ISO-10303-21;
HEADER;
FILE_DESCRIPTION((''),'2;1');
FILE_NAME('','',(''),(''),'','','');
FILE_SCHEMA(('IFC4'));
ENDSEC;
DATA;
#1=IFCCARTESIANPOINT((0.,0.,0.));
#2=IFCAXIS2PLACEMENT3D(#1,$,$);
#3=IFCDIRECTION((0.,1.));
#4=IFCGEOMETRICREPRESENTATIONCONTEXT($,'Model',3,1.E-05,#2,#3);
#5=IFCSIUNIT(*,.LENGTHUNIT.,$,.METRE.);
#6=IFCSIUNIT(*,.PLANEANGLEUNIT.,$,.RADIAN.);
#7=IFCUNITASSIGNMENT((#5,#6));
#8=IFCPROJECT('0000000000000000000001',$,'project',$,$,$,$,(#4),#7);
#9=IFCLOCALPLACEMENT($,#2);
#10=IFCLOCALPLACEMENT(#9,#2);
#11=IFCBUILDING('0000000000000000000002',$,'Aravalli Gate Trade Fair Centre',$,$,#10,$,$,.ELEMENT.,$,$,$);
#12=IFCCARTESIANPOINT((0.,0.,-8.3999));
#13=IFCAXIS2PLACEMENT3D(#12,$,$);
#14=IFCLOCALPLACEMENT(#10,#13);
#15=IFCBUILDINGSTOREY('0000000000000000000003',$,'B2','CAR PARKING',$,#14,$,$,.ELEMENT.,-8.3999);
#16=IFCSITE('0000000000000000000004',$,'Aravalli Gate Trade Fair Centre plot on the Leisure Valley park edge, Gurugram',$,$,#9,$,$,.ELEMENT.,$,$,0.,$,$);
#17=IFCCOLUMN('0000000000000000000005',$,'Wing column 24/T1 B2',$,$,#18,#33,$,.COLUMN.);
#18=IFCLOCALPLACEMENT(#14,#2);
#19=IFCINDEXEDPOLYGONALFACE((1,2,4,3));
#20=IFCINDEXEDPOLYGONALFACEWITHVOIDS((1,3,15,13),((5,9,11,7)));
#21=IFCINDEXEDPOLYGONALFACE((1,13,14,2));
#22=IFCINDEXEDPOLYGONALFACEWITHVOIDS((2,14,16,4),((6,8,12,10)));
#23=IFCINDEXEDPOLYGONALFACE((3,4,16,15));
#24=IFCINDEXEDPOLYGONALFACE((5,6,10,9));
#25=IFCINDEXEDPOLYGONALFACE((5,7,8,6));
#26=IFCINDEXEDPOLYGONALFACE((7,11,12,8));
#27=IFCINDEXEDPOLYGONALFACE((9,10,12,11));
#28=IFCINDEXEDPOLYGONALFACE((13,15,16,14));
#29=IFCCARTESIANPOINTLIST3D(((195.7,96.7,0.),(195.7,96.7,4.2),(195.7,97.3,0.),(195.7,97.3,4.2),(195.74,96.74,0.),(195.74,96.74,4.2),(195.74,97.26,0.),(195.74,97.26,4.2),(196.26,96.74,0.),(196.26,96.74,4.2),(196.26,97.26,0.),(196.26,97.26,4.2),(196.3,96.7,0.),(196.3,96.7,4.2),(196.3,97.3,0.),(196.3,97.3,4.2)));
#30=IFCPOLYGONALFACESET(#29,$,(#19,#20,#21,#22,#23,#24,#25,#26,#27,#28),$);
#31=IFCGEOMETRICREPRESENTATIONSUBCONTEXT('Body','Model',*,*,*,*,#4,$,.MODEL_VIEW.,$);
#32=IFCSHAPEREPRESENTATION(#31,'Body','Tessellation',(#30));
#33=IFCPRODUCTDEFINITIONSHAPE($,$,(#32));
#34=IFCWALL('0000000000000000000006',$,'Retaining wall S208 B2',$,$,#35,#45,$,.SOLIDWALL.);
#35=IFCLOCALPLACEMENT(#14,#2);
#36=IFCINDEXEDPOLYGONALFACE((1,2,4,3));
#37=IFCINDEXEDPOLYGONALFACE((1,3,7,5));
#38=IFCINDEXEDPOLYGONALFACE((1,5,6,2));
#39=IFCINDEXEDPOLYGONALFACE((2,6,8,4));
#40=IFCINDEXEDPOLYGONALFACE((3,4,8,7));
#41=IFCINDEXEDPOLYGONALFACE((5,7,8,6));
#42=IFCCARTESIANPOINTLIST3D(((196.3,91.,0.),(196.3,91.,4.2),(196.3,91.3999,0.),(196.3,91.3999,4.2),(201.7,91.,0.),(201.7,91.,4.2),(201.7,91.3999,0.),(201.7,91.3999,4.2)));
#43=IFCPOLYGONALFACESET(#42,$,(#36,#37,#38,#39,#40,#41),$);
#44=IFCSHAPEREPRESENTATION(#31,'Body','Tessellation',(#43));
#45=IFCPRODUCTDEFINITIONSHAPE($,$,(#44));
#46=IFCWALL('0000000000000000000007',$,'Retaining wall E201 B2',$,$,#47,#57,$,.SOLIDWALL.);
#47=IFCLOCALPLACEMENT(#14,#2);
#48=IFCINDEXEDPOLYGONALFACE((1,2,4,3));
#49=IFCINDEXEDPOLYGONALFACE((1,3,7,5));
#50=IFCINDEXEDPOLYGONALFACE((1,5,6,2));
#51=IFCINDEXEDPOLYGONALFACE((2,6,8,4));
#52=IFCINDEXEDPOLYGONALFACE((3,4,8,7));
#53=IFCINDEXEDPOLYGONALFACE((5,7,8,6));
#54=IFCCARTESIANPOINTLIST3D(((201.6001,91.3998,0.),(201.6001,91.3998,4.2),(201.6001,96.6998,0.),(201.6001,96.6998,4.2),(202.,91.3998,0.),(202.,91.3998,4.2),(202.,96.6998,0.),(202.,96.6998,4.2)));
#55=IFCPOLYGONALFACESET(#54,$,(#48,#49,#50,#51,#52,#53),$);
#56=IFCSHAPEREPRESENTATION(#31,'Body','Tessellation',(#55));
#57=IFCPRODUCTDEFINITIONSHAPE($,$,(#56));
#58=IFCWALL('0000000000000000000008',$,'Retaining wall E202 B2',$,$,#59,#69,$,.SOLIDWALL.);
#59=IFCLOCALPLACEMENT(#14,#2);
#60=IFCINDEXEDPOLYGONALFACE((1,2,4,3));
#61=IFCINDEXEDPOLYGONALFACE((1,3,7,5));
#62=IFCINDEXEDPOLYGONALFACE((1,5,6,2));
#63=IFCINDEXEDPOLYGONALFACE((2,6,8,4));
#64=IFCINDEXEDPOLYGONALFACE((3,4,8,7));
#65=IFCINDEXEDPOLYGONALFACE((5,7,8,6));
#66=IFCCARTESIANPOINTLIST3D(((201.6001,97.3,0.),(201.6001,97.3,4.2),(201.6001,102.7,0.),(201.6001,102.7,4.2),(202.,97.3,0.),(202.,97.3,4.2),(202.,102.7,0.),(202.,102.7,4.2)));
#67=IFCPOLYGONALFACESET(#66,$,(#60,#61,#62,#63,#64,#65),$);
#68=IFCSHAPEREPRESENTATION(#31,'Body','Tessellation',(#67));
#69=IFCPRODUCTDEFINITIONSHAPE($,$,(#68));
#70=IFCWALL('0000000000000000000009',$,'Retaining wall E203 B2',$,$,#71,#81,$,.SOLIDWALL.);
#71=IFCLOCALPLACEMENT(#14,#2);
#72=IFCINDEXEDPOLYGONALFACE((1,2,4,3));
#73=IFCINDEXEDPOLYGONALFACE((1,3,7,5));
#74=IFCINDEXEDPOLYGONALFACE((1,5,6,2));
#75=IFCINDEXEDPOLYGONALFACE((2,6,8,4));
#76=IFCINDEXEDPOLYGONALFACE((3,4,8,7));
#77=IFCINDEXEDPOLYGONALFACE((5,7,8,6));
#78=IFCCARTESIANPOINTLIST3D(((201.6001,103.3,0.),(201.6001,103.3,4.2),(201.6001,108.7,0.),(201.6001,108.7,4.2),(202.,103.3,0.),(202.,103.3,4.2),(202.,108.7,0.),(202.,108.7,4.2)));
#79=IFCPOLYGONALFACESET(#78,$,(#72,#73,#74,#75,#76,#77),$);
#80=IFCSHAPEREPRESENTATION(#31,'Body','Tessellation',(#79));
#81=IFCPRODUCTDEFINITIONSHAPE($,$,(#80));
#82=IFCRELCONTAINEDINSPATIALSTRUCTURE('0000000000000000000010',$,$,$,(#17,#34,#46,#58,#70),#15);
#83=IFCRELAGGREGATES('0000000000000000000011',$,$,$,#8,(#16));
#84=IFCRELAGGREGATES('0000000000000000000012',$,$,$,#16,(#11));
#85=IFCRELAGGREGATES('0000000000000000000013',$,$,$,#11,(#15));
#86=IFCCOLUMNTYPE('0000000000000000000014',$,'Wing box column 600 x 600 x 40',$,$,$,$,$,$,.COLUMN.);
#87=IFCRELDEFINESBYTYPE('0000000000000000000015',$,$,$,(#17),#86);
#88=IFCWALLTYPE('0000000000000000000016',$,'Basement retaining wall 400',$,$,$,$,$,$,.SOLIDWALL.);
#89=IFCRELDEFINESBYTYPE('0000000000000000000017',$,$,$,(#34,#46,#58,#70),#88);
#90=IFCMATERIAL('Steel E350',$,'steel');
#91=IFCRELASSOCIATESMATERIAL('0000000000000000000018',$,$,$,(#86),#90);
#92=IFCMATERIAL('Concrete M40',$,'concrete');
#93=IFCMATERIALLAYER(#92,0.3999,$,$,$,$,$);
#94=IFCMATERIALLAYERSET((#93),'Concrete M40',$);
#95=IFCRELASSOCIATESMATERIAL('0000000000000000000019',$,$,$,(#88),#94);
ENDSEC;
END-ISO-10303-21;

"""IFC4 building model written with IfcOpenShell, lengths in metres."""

from ifc_helpers import new_model, si_unit, direction, frame, frame_2d, origin, origin_2d, place, context, subcontext, project, spatial, rectangle, hollow_rectangle, extrude, material, layer, layer_set, material_profile, profile_set, type_object, element, save


model = new_model("IFC4")

# Units and contexts
model_context = context("Model", 3, precision=1e-05, world=origin(), true_north=direction((0.0, 1.0)))
body_context = subcontext(model_context, "Body", "Model", "MODEL_VIEW")
ifc_project = project(units=[si_unit("LENGTHUNIT", "METRE"), si_unit("PLANEANGLEUNIT", "RADIAN")], contexts=[model_context])

# Site, building, storey
site_placement = place(None, origin())
site = spatial("IfcSite", under=ifc_project, at=site_placement, Name="Aravalli Gate Trade Fair Centre plot on the Leisure Valley park edge, Gurugram", CompositionType="ELEMENT", RefElevation=0.0)
building_placement = place(site_placement, origin())
building = spatial("IfcBuilding", under=site, at=building_placement, Name="Aravalli Gate Trade Fair Centre", CompositionType="ELEMENT")
storey_placement = place(building_placement, frame((0.0, 0.0, -8.3999)))
storey = spatial("IfcBuildingStorey", under=building, at=storey_placement, Name="B2", Description="CAR PARKING", CompositionType="ELEMENT", Elevation=-8.3999)

# Column
ifc_material_1 = material(Name="Steel E350", Category="steel")
ifc_material_profile_1 = material_profile(ifc_material_1, hollow_rectangle(XDim=0.6001, YDim=0.6001, WallThickness=0.04, at=origin_2d()), Name="BOX 600x600x40")
ifc_profile_set_1 = profile_set([ifc_material_profile_1], Name="Steel E350")
column_type_1 = type_object("IfcColumnType", Name="Wing box column 600 x 600 x 40", PredefinedType="COLUMN", material=ifc_profile_set_1)
for number, where, z_axis, x_axis, name in (
    (1, (196.0, 97.0, 0.0), (0.0, 0.0, 1.0), (1.0, 0.0, 0.0), "Wing column 24/T1 B2"),
):
    element("IfcColumn", number, at=place(storey_placement, frame(where, z_axis=z_axis, x_axis=x_axis)), inside=storey, type_object=column_type_1, Name=name, PredefinedType="COLUMN", context=body_context, shape_type="SweptSolid", body=[
        extrude(hollow_rectangle(XDim=0.6001, YDim=0.6001, WallThickness=0.04, at=origin_2d()), origin(), (0.0, 0.0, 1.0), 4.2),
    ])

# Walls
ifc_material_2 = material(Name="Concrete M40", Category="concrete")
ifc_layer = layer(ifc_material_2, 0.3999)
ifc_layer_set = layer_set([ifc_layer], Name="Concrete M40")
wall_type = type_object("IfcWallType", Name="Basement retaining wall 400", PredefinedType="SOLIDWALL", material=ifc_layer_set)
wall_1_placement = place(storey_placement, frame((196.3, 91.2, 0.0), z_axis=(0.0, 0.0, 1.0), x_axis=(1.0, 0.0, 0.0)))
element("IfcWall", 2, at=wall_1_placement, inside=storey, type_object=wall_type, Name="Retaining wall S208 B2", PredefinedType="SOLIDWALL", context=body_context, shape_type="SweptSolid", body=[
    extrude(rectangle(XDim=5.3999, YDim=0.3999, at=frame_2d((2.7, 0.0))), origin(), (0.0, 0.0, 1.0), 4.2),
])
wall_2_placement = place(storey_placement, frame((201.8, 91.3999, 0.0), z_axis=(0.0, 0.0, 1.0), x_axis=(0.0, 1.0, 0.0)))
element("IfcWall", 3, at=wall_2_placement, inside=storey, type_object=wall_type, Name="Retaining wall E201 B2", PredefinedType="SOLIDWALL", context=body_context, shape_type="SweptSolid", body=[
    extrude(rectangle(XDim=5.3, YDim=0.3999, at=frame_2d((2.6499, 0.0))), origin(), (0.0, 0.0, 1.0), 4.2),
])
for number, where, z_axis, x_axis, name in (
    (4, (201.8, 97.3, 0.0), (0.0, 0.0, 1.0), (0.0, 1.0, 0.0), "Retaining wall E202 B2"),
    (5, (201.8, 103.3, 0.0), (0.0, 0.0, 1.0), (0.0, 1.0, 0.0), "Retaining wall E203 B2"),
):
    element("IfcWall", number, at=place(storey_placement, frame(where, z_axis=z_axis, x_axis=x_axis)), inside=storey, type_object=wall_type, Name=name, PredefinedType="SOLIDWALL", context=body_context, shape_type="SweptSolid", body=[
        extrude(rectangle(XDim=5.3999, YDim=0.3999, at=frame_2d((2.7, 0.0))), origin(), (0.0, 0.0, 1.0), 4.2),
    ])

save(model, "model.ifc")
